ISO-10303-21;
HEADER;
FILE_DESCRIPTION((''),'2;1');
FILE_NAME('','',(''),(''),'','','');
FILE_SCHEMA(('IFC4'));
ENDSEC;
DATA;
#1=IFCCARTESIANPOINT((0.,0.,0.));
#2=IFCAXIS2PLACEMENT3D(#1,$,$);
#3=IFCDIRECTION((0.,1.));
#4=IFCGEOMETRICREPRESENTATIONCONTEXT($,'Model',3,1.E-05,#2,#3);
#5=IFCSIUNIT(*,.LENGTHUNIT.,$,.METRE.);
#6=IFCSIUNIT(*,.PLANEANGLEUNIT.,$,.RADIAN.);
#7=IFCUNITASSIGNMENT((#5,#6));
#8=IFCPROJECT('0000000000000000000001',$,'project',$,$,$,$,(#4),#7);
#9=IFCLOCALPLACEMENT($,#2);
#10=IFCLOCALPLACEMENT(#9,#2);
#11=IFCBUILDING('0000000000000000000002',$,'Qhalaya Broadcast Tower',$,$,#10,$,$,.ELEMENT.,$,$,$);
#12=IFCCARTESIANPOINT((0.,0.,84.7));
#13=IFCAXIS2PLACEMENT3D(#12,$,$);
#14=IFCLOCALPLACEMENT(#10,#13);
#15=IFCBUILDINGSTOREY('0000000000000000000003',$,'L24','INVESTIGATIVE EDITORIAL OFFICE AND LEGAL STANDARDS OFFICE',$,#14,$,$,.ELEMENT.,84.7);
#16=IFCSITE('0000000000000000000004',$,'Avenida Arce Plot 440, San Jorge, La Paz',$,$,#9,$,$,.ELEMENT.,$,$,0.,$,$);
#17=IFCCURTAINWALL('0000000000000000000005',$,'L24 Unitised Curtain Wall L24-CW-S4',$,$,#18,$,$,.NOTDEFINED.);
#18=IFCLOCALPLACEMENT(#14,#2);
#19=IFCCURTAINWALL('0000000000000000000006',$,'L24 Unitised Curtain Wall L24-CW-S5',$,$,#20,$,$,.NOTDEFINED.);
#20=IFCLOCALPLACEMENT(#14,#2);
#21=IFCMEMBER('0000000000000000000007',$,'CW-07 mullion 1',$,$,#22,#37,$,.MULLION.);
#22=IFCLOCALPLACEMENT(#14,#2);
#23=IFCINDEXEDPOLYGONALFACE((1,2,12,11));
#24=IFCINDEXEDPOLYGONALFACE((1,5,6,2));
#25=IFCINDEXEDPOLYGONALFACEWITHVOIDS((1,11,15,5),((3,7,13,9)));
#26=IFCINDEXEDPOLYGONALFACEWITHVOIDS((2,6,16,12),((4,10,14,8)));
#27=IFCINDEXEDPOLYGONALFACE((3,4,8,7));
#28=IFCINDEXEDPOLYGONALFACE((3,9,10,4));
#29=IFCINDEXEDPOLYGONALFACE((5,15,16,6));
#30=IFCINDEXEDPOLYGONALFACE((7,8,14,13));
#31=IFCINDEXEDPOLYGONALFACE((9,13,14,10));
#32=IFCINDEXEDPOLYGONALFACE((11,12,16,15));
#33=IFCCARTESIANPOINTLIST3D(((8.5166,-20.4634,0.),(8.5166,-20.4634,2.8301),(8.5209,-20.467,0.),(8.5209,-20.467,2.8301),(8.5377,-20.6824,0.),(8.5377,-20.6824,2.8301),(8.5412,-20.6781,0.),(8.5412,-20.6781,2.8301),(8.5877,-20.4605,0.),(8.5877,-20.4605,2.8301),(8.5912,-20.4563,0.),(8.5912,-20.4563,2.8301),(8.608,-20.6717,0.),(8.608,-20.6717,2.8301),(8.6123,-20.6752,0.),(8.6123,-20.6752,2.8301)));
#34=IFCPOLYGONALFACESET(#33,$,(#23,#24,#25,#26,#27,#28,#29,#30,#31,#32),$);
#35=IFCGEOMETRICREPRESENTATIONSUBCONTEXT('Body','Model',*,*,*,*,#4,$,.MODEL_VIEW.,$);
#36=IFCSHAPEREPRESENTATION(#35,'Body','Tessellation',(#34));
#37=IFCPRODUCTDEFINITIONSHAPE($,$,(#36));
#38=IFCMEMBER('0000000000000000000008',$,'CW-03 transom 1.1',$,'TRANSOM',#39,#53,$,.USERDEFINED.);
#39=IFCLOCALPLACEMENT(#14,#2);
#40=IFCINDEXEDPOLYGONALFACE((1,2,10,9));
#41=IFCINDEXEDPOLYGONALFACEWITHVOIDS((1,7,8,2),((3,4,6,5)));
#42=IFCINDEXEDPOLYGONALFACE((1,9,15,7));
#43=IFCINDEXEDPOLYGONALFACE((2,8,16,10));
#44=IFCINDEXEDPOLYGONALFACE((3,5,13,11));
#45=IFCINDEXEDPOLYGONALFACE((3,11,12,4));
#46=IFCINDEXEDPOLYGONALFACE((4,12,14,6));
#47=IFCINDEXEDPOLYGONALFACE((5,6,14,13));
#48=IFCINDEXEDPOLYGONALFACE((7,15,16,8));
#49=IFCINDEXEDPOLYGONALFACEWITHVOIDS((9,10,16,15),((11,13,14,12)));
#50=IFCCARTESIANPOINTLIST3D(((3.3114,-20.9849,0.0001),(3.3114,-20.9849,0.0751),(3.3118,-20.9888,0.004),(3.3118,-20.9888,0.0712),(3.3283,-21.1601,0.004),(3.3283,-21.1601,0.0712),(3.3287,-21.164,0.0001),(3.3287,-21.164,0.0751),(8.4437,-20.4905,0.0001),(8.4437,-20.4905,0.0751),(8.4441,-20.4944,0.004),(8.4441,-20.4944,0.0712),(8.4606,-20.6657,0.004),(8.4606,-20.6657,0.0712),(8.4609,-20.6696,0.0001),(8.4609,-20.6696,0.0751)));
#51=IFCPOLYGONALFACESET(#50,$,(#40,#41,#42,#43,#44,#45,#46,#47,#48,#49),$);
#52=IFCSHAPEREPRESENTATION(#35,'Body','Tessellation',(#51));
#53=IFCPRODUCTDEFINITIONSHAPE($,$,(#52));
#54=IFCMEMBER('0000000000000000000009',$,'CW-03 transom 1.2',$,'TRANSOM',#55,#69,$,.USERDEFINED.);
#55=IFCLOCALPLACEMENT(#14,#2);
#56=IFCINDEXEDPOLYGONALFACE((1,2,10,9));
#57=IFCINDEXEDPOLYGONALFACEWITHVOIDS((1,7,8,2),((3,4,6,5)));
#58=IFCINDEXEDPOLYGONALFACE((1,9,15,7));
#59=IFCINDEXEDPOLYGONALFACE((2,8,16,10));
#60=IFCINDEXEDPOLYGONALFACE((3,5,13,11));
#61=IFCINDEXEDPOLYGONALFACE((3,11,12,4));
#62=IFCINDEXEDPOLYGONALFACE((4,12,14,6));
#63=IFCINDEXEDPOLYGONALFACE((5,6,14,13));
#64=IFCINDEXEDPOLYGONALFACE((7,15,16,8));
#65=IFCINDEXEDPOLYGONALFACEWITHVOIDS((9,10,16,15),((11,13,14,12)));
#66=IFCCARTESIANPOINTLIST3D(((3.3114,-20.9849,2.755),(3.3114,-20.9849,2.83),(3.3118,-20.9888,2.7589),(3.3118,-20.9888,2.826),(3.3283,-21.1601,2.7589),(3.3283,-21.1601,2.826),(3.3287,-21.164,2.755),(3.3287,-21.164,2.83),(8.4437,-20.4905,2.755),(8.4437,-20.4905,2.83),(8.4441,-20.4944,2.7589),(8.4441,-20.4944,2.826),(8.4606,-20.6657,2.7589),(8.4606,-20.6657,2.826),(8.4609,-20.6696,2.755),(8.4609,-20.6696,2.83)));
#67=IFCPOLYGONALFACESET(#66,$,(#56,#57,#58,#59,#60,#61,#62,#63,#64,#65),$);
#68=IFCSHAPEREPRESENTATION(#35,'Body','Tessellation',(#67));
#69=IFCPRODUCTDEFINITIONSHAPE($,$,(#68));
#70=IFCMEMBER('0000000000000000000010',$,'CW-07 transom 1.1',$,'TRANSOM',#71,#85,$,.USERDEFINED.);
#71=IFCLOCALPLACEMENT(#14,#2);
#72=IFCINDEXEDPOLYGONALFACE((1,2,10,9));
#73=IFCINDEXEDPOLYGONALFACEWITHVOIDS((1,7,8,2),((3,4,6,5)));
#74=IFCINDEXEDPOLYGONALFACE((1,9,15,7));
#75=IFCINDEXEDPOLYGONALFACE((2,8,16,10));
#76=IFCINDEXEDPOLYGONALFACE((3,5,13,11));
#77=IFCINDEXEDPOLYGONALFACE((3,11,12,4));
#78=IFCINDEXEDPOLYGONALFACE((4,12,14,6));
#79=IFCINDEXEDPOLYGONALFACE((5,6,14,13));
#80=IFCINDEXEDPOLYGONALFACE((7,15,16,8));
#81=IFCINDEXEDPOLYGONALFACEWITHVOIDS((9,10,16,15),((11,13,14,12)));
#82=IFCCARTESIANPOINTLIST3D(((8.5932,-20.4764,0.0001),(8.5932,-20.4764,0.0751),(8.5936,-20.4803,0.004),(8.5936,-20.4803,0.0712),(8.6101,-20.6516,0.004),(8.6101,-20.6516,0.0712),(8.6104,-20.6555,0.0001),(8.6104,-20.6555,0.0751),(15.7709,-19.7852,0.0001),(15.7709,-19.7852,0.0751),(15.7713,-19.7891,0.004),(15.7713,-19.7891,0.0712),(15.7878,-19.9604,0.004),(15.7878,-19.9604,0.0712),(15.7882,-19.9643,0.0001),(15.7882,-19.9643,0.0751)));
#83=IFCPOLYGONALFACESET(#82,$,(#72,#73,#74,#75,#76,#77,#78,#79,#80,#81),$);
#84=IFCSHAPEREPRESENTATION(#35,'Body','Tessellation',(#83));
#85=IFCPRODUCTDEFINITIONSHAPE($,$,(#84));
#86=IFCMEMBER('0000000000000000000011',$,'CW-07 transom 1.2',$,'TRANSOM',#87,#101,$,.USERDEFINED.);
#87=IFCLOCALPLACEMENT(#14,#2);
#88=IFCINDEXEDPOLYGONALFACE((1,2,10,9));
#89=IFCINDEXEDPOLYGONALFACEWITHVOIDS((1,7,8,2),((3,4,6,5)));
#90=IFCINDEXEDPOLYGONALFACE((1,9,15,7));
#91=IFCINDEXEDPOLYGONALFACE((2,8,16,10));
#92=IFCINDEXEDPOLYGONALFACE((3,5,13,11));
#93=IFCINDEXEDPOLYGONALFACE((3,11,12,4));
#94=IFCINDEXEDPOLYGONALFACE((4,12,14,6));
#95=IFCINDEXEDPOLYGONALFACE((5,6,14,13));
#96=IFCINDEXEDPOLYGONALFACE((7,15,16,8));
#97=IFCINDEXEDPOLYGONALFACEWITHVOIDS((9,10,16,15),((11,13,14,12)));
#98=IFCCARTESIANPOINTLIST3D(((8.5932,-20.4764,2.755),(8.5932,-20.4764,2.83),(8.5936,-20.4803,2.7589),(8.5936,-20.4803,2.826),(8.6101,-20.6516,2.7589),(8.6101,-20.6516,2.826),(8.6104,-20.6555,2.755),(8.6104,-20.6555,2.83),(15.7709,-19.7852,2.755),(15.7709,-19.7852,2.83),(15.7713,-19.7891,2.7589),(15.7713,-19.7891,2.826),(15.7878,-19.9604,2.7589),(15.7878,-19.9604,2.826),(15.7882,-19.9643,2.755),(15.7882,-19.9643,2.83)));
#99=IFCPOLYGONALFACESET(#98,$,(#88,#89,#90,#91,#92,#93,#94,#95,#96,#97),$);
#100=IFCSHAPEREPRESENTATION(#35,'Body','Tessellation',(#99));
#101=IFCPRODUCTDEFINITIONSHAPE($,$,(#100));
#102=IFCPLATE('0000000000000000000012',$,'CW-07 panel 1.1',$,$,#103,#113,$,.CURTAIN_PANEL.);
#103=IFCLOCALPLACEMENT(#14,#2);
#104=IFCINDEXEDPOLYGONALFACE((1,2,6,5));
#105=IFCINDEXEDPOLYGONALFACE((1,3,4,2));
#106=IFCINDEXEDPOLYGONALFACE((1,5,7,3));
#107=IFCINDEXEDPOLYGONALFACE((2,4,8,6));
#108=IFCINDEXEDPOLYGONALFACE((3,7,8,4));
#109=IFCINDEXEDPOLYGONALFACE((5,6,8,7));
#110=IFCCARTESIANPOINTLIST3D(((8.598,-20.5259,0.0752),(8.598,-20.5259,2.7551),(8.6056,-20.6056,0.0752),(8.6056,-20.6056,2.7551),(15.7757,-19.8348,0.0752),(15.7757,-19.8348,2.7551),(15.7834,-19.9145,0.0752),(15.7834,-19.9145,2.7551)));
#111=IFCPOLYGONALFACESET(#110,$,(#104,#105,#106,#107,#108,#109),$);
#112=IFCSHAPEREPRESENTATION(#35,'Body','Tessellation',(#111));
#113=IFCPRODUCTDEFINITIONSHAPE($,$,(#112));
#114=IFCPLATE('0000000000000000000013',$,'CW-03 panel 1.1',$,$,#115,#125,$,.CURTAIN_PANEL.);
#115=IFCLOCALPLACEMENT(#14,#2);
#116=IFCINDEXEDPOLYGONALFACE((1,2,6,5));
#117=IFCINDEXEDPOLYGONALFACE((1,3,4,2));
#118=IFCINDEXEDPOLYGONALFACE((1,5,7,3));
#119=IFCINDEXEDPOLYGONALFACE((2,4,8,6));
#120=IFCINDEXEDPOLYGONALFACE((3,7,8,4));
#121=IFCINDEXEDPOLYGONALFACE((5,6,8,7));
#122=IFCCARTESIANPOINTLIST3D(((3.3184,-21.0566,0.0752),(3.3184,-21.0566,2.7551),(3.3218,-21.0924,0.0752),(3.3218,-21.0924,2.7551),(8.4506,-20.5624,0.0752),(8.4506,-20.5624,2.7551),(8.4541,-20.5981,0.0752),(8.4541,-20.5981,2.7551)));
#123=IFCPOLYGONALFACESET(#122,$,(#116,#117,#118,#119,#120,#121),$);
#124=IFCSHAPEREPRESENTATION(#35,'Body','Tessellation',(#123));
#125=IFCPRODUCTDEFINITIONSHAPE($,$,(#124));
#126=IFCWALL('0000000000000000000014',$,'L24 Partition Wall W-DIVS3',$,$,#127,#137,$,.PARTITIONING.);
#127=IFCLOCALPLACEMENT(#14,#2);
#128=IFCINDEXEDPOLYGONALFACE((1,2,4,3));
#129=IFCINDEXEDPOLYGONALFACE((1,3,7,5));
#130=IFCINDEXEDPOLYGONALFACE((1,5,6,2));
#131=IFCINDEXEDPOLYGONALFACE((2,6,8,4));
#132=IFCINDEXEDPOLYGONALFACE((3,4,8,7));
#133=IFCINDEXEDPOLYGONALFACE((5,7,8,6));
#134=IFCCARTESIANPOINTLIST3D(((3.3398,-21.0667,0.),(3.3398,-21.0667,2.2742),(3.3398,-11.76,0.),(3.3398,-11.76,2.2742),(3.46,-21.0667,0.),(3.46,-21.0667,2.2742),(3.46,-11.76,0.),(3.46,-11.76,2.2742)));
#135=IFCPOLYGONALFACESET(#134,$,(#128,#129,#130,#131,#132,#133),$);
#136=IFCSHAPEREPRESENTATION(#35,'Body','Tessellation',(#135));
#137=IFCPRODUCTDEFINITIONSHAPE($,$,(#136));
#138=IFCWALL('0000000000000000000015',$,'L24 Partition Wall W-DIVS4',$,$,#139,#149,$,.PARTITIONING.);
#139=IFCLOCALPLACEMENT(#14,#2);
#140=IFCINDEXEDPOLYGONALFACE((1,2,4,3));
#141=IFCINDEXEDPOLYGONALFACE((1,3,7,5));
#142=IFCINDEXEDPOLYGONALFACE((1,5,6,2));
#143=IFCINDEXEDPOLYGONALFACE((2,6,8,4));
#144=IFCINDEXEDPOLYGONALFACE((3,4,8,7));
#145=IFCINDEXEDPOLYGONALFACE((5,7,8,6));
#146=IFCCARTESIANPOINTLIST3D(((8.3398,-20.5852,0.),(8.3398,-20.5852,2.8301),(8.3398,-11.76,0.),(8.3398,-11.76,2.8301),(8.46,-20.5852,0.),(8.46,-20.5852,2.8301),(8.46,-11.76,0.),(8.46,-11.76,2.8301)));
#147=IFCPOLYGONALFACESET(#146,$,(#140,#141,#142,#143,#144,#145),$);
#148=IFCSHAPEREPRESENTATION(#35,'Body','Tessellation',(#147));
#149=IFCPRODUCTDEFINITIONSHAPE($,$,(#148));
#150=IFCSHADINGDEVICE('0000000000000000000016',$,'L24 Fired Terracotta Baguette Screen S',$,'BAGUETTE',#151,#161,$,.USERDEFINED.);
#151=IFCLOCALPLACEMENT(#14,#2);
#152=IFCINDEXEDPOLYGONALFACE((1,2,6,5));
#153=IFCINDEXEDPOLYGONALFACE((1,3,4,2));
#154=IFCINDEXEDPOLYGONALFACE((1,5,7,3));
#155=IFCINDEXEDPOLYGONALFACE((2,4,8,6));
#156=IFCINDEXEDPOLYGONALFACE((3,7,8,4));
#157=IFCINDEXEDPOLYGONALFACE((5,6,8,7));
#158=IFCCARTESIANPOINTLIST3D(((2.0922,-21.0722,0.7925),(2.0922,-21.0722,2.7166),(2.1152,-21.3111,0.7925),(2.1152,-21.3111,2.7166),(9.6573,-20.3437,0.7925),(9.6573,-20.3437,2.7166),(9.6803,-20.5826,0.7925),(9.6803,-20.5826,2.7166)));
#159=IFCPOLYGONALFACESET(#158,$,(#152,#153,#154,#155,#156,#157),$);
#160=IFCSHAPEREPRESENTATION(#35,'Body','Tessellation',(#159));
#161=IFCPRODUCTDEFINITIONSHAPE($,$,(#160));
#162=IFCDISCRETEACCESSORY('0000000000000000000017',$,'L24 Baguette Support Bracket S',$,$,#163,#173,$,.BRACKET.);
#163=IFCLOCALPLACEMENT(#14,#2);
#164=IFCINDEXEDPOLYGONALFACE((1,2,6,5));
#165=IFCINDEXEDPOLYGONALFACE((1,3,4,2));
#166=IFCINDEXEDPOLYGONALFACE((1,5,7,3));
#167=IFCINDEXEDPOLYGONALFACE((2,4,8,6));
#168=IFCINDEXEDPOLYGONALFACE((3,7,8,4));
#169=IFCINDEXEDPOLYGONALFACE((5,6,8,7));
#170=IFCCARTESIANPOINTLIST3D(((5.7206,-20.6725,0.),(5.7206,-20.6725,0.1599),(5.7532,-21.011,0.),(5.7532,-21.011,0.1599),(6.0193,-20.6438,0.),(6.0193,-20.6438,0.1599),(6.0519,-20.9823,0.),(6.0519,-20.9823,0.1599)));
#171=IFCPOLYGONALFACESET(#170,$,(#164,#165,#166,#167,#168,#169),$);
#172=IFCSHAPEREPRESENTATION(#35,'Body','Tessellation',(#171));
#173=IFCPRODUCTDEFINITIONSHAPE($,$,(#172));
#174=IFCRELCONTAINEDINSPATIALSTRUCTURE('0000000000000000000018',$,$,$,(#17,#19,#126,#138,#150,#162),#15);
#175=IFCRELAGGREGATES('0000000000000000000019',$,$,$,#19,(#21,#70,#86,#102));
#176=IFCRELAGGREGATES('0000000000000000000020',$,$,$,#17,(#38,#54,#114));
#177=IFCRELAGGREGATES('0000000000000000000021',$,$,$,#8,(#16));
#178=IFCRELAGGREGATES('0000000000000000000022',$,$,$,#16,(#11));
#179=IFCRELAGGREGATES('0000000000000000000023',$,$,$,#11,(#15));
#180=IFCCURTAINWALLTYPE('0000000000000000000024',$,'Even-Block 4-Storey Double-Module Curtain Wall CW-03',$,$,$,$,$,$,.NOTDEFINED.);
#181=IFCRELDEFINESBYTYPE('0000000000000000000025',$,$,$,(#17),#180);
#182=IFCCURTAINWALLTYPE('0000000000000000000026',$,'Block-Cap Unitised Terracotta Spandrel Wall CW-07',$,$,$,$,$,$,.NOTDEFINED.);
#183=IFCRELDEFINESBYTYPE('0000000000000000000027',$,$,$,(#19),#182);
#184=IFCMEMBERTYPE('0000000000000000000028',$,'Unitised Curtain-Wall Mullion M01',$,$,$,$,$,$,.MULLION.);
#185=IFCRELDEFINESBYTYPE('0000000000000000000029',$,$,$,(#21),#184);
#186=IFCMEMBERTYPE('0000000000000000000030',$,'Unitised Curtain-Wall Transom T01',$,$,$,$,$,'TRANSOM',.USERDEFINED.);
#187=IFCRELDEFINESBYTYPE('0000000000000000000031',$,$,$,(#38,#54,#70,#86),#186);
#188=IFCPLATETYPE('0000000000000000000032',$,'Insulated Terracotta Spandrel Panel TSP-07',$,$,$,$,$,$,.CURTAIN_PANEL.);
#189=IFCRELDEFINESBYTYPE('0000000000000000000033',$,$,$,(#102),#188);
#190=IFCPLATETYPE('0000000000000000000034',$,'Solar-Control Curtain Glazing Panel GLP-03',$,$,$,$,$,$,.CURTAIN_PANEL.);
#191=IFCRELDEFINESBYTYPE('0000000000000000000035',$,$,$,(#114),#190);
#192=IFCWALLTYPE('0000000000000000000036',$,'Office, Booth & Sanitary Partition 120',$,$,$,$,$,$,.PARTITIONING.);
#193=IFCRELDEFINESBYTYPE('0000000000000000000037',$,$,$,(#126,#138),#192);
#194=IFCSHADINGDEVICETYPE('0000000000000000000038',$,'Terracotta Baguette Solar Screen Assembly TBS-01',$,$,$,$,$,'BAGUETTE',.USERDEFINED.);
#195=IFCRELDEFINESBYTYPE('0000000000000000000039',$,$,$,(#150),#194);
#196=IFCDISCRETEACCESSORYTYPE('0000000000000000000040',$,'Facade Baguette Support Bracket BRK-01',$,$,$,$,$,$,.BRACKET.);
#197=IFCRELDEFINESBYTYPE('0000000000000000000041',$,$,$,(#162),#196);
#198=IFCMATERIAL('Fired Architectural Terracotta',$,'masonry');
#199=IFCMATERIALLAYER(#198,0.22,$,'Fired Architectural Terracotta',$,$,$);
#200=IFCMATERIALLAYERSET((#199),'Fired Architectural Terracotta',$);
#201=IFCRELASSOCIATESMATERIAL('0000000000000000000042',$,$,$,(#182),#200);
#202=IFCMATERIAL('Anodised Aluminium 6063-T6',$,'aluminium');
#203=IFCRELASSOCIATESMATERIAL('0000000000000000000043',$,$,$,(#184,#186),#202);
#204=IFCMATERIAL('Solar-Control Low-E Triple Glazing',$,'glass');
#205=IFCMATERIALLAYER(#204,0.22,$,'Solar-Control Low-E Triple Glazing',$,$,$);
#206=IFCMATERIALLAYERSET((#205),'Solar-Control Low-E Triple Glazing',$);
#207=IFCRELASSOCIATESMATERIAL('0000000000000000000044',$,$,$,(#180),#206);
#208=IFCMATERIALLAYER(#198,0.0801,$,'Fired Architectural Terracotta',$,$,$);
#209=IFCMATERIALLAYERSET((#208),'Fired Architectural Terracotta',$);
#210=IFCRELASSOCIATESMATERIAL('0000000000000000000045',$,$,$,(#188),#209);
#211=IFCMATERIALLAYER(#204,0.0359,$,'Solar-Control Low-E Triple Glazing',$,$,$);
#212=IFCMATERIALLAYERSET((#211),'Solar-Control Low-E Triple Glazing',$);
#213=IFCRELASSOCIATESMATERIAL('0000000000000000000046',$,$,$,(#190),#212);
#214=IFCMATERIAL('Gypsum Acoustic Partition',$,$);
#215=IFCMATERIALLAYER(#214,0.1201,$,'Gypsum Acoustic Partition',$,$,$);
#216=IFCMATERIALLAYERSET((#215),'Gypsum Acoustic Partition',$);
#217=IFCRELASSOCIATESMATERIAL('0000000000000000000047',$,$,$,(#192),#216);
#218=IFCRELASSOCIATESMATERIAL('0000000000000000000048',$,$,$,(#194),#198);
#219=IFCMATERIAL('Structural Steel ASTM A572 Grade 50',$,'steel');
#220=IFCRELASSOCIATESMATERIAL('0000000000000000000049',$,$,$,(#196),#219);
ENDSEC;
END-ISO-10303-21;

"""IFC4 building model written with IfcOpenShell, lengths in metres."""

from ifc_helpers import new_model, si_unit, direction, frame, frame_2d, origin, origin_2d, place, context, subcontext, project, spatial, rectangle, hollow_rectangle, extrude, material, layer, layer_set, material_profile, profile_set, type_object, element, aggregate, save


model = new_model("IFC4")

# Units and contexts
model_context = context("Model", 3, precision=1e-05, world=origin(), true_north=direction((0.0, 1.0)))
body_context = subcontext(model_context, "Body", "Model", "MODEL_VIEW")
ifc_project = project(units=[si_unit("LENGTHUNIT", "METRE"), si_unit("PLANEANGLEUNIT", "RADIAN")], contexts=[model_context])

# Site, building, storey
site_placement = place(None, origin())
site = spatial("IfcSite", under=ifc_project, at=site_placement, Name="Avenida Arce Plot 440, San Jorge, La Paz", CompositionType="ELEMENT", RefElevation=0.0)
building_placement = place(site_placement, origin())
building = spatial("IfcBuilding", under=site, at=building_placement, Name="Qhalaya Broadcast Tower", CompositionType="ELEMENT")
storey_placement = place(building_placement, frame((0.0, 0.0, 84.7)))
storey = spatial("IfcBuildingStorey", under=building, at=storey_placement, Name="L24", Description="INVESTIGATIVE EDITORIAL OFFICE AND LEGAL STANDARDS OFFICE", CompositionType="ELEMENT", Elevation=84.7)

# Shared definitions
ifc_material_1 = material(Name="Structural Steel ASTM A572 Grade 50", Category="steel")

# Shared definitions
ifc_material_2 = material(Name="Fired Architectural Terracotta", Category="masonry")
ifc_layer_1 = layer(ifc_material_2, 0.22, Name="Fired Architectural Terracotta")
ifc_layer_set_1 = layer_set([ifc_layer_1], Name="Fired Architectural Terracotta")
curtain_wall_type_1 = type_object("IfcCurtainWallType", Name="Block-Cap Unitised Terracotta Spandrel Wall CW-07", PredefinedType="NOTDEFINED", material=ifc_layer_set_1)
ifc_material_3 = material(Name="Anodised Aluminium 6063-T6", Category="aluminium")
ifc_material_profile_1 = material_profile(ifc_material_3, hollow_rectangle(XDim=0.075, YDim=0.22, WallThickness=0.0039, at=origin_2d()), Name="ALU-MUL 75x220x4")
ifc_profile_set_1 = profile_set([ifc_material_profile_1], Name="Anodised Aluminium 6063-T6")
member_type_1 = type_object("IfcMemberType", Name="Unitised Curtain-Wall Mullion M01", PredefinedType="MULLION", material=ifc_profile_set_1)

# Curtain wall
ifc_material_4 = material(Name="Solar-Control Low-E Triple Glazing", Category="glass")
ifc_layer_2 = layer(ifc_material_4, 0.22, Name="Solar-Control Low-E Triple Glazing")
ifc_layer_set_2 = layer_set([ifc_layer_2], Name="Solar-Control Low-E Triple Glazing")
curtain_wall_type_2 = type_object("IfcCurtainWallType", Name="Even-Block 4-Storey Double-Module Curtain Wall CW-03", PredefinedType="NOTDEFINED", material=ifc_layer_set_2)
curtain_wall_1_placement = place(storey_placement, origin())
curtain_wall_1 = element("IfcCurtainWall", 1, at=curtain_wall_1_placement, inside=storey, type_object=curtain_wall_type_2, Name="L24 Unitised Curtain Wall L24-CW-S4", PredefinedType="NOTDEFINED")

# Curtain wall, member
curtain_wall_2_placement = place(storey_placement, origin())
curtain_wall_2 = element("IfcCurtainWall", 2, at=curtain_wall_2_placement, inside=storey, type_object=curtain_wall_type_1, Name="L24 Unitised Curtain Wall L24-CW-S5", PredefinedType="NOTDEFINED")
member_1_placement = place(storey_placement, frame((8.5645, -20.5693, 0.0), z_axis=(0.0, 0.0, 1.0), x_axis=(0.995396, 0.095843, 0.0)))
member_1 = element("IfcMember", 3, at=member_1_placement, type_object=member_type_1, Name="CW-07 mullion 1", PredefinedType="MULLION", context=body_context, shape_type="SweptSolid", body=[
    extrude(hollow_rectangle(XDim=0.075, YDim=0.22, WallThickness=0.0039, at=origin_2d()), origin(), (0.0, 0.0, 1.0), 2.8301),
])

# Members
ifc_material_profile_2 = material_profile(ifc_material_3, hollow_rectangle(XDim=0.075, YDim=0.1799, WallThickness=0.0039, at=origin_2d()), Name="ALU-TRN 75x180x4")
ifc_profile_set_2 = profile_set([ifc_material_profile_2], Name="Anodised Aluminium 6063-T6")
member_type_2 = type_object("IfcMemberType", Name="Unitised Curtain-Wall Transom T01", ElementType="TRANSOM", PredefinedType="USERDEFINED", material=ifc_profile_set_2)
member_2_placement = place(storey_placement, frame((3.3201, -21.0745, 0.0376), z_axis=(0.995393, 0.095884, 0.0), x_axis=(0.0, 0.0, 1.0)))
member_2 = element("IfcMember", 4, at=member_2_placement, type_object=member_type_2, Name="CW-03 transom 1.1", ObjectType="TRANSOM", PredefinedType="USERDEFINED", context=body_context, shape_type="SweptSolid", body=[
    extrude(hollow_rectangle(XDim=0.075, YDim=0.1799, WallThickness=0.0039, at=origin_2d()), origin(), (0.0, 0.0, 1.0), 5.156),
])
member_3_placement = place(storey_placement, frame((3.3201, -21.0745, 2.7925), z_axis=(0.995393, 0.095884, 0.0), x_axis=(0.0, 0.0, 1.0)))
member_3 = element("IfcMember", 5, at=member_3_placement, type_object=member_type_2, Name="CW-03 transom 1.2", ObjectType="TRANSOM", PredefinedType="USERDEFINED", context=body_context, shape_type="SweptSolid", body=[
    extrude(hollow_rectangle(XDim=0.075, YDim=0.1799, WallThickness=0.0039, at=origin_2d()), origin(), (0.0, 0.0, 1.0), 5.156),
])
member_4_placement = place(storey_placement, frame((8.6018, -20.5659, 0.0376), z_axis=(0.995396, 0.095849, 0.0), x_axis=(0.0, 0.0, 1.0)))
member_4 = element("IfcMember", 6, at=member_4_placement, type_object=member_type_2, Name="CW-07 transom 1.1", ObjectType="TRANSOM", PredefinedType="USERDEFINED", context=body_context, shape_type="SweptSolid", body=[
    extrude(hollow_rectangle(XDim=0.075, YDim=0.1799, WallThickness=0.0039, at=origin_2d()), origin(), (0.0, 0.0, 1.0), 7.2109),
])
member_5_placement = place(storey_placement, frame((8.6018, -20.5659, 2.7925), z_axis=(0.995396, 0.095849, 0.0), x_axis=(0.0, 0.0, 1.0)))
member_5 = element("IfcMember", 7, at=member_5_placement, type_object=member_type_2, Name="CW-07 transom 1.2", ObjectType="TRANSOM", PredefinedType="USERDEFINED", context=body_context, shape_type="SweptSolid", body=[
    extrude(hollow_rectangle(XDim=0.075, YDim=0.1799, WallThickness=0.0039, at=origin_2d()), origin(), (0.0, 0.0, 1.0), 7.2109),
])

# Plates
ifc_layer_3 = layer(ifc_material_2, 0.0801, Name="Fired Architectural Terracotta")
ifc_layer_set_3 = layer_set([ifc_layer_3], Name="Fired Architectural Terracotta")
plate_type_1 = type_object("IfcPlateType", Name="Insulated Terracotta Spandrel Panel TSP-07", PredefinedType="CURTAIN_PANEL", material=ifc_layer_set_3)
plate_1_placement = place(storey_placement, frame((12.1907, -20.2202, 0.0752), z_axis=(0.0, 0.0, 1.0), x_axis=(0.995396, 0.095843, 0.0)))
plate_1 = element("IfcPlate", 8, at=plate_1_placement, type_object=plate_type_1, Name="CW-07 panel 1.1", PredefinedType="CURTAIN_PANEL", context=body_context, shape_type="SweptSolid", body=[
    extrude(rectangle(XDim=7.2109, YDim=0.0801, at=origin_2d()), origin(), (0.0, 0.0, 1.0), 2.6799),
])
aggregate(curtain_wall_2, [member_1, member_4, member_5, plate_1])
ifc_layer_4 = layer(ifc_material_4, 0.0359, Name="Solar-Control Low-E Triple Glazing")
ifc_layer_set_4 = layer_set([ifc_layer_4], Name="Solar-Control Low-E Triple Glazing")
plate_type_2 = type_object("IfcPlateType", Name="Solar-Control Curtain Glazing Panel GLP-03", PredefinedType="CURTAIN_PANEL", material=ifc_layer_set_4)
plate_2_placement = place(storey_placement, frame((5.8862, -20.8274, 0.0752), z_axis=(0.0, 0.0, 1.0), x_axis=(0.995395, 0.095853, 0.0)))
plate_2 = element("IfcPlate", 9, at=plate_2_placement, type_object=plate_type_2, Name="CW-03 panel 1.1", PredefinedType="CURTAIN_PANEL", context=body_context, shape_type="SweptSolid", body=[
    extrude(rectangle(XDim=5.156, YDim=0.0359, at=origin_2d()), origin(), (0.0, 0.0, 1.0), 2.6799),
])
aggregate(curtain_wall_1, [member_2, member_3, plate_2])

# Walls
ifc_material_5 = material(Name="Gypsum Acoustic Partition")
ifc_layer_5 = layer(ifc_material_5, 0.1201, Name="Gypsum Acoustic Partition")
ifc_layer_set_5 = layer_set([ifc_layer_5], Name="Gypsum Acoustic Partition")
wall_type = type_object("IfcWallType", Name="Office, Booth & Sanitary Partition 120", PredefinedType="PARTITIONING", material=ifc_layer_set_5)
wall_1_placement = place(storey_placement, frame((3.3999, -21.0667, 0.0), z_axis=(0.0, 0.0, 1.0), x_axis=(0.0, 1.0, 0.0)))
element("IfcWall", 10, at=wall_1_placement, inside=storey, type_object=wall_type, Name="L24 Partition Wall W-DIVS3", PredefinedType="PARTITIONING", context=body_context, shape_type="SweptSolid", body=[
    extrude(rectangle(XDim=9.3066, YDim=0.1201, at=frame_2d((4.6533, 0.0))), origin(), (0.0, 0.0, 1.0), 2.2742),
])
wall_2_placement = place(storey_placement, frame((8.3999, -20.5852, 0.0), z_axis=(0.0, 0.0, 1.0), x_axis=(0.0, 1.0, 0.0)))
element("IfcWall", 11, at=wall_2_placement, inside=storey, type_object=wall_type, Name="L24 Partition Wall W-DIVS4", PredefinedType="PARTITIONING", context=body_context, shape_type="SweptSolid", body=[
    extrude(rectangle(XDim=8.8252, YDim=0.1201, at=frame_2d((4.4126, 0.0))), origin(), (0.0, 0.0, 1.0), 2.8301),
])

# Shading device
shading_device_type = type_object("IfcShadingDeviceType", Name="Terracotta Baguette Solar Screen Assembly TBS-01", ElementType="BAGUETTE", PredefinedType="USERDEFINED", material=ifc_material_2)
shading_device_placement = place(storey_placement, frame((5.8862, -20.8274, 0.7925), z_axis=(0.0, 0.0, 1.0), x_axis=(0.995396, 0.095846, 0.0)))
element("IfcShadingDevice", 12, at=shading_device_placement, inside=storey, type_object=shading_device_type, Name="L24 Fired Terracotta Baguette Screen S", ObjectType="BAGUETTE", PredefinedType="USERDEFINED", context=body_context, shape_type="SweptSolid", body=[
    extrude(rectangle(XDim=7.6001, YDim=0.24, at=origin_2d()), origin(), (0.0, 0.0, 1.0), 1.9241),
])

# Discrete accessory
discrete_accessory_type = type_object("IfcDiscreteAccessoryType", Name="Facade Baguette Support Bracket BRK-01", PredefinedType="BRACKET", material=ifc_material_1)
discrete_accessory_placement = place(storey_placement, frame((5.8862, -20.8274, 0.0), z_axis=(0.0, 0.0, 1.0), x_axis=(0.995396, 0.095846, 0.0)))
element("IfcDiscreteAccessory", 13, at=discrete_accessory_placement, inside=storey, type_object=discrete_accessory_type, Name="L24 Baguette Support Bracket S", PredefinedType="BRACKET", context=body_context, shape_type="SweptSolid", body=[
    extrude(rectangle(XDim=0.3, YDim=0.3401, at=origin_2d()), origin(), (0.0, 0.0, 1.0), 0.1599),
])

save(model, "model.ifc")
